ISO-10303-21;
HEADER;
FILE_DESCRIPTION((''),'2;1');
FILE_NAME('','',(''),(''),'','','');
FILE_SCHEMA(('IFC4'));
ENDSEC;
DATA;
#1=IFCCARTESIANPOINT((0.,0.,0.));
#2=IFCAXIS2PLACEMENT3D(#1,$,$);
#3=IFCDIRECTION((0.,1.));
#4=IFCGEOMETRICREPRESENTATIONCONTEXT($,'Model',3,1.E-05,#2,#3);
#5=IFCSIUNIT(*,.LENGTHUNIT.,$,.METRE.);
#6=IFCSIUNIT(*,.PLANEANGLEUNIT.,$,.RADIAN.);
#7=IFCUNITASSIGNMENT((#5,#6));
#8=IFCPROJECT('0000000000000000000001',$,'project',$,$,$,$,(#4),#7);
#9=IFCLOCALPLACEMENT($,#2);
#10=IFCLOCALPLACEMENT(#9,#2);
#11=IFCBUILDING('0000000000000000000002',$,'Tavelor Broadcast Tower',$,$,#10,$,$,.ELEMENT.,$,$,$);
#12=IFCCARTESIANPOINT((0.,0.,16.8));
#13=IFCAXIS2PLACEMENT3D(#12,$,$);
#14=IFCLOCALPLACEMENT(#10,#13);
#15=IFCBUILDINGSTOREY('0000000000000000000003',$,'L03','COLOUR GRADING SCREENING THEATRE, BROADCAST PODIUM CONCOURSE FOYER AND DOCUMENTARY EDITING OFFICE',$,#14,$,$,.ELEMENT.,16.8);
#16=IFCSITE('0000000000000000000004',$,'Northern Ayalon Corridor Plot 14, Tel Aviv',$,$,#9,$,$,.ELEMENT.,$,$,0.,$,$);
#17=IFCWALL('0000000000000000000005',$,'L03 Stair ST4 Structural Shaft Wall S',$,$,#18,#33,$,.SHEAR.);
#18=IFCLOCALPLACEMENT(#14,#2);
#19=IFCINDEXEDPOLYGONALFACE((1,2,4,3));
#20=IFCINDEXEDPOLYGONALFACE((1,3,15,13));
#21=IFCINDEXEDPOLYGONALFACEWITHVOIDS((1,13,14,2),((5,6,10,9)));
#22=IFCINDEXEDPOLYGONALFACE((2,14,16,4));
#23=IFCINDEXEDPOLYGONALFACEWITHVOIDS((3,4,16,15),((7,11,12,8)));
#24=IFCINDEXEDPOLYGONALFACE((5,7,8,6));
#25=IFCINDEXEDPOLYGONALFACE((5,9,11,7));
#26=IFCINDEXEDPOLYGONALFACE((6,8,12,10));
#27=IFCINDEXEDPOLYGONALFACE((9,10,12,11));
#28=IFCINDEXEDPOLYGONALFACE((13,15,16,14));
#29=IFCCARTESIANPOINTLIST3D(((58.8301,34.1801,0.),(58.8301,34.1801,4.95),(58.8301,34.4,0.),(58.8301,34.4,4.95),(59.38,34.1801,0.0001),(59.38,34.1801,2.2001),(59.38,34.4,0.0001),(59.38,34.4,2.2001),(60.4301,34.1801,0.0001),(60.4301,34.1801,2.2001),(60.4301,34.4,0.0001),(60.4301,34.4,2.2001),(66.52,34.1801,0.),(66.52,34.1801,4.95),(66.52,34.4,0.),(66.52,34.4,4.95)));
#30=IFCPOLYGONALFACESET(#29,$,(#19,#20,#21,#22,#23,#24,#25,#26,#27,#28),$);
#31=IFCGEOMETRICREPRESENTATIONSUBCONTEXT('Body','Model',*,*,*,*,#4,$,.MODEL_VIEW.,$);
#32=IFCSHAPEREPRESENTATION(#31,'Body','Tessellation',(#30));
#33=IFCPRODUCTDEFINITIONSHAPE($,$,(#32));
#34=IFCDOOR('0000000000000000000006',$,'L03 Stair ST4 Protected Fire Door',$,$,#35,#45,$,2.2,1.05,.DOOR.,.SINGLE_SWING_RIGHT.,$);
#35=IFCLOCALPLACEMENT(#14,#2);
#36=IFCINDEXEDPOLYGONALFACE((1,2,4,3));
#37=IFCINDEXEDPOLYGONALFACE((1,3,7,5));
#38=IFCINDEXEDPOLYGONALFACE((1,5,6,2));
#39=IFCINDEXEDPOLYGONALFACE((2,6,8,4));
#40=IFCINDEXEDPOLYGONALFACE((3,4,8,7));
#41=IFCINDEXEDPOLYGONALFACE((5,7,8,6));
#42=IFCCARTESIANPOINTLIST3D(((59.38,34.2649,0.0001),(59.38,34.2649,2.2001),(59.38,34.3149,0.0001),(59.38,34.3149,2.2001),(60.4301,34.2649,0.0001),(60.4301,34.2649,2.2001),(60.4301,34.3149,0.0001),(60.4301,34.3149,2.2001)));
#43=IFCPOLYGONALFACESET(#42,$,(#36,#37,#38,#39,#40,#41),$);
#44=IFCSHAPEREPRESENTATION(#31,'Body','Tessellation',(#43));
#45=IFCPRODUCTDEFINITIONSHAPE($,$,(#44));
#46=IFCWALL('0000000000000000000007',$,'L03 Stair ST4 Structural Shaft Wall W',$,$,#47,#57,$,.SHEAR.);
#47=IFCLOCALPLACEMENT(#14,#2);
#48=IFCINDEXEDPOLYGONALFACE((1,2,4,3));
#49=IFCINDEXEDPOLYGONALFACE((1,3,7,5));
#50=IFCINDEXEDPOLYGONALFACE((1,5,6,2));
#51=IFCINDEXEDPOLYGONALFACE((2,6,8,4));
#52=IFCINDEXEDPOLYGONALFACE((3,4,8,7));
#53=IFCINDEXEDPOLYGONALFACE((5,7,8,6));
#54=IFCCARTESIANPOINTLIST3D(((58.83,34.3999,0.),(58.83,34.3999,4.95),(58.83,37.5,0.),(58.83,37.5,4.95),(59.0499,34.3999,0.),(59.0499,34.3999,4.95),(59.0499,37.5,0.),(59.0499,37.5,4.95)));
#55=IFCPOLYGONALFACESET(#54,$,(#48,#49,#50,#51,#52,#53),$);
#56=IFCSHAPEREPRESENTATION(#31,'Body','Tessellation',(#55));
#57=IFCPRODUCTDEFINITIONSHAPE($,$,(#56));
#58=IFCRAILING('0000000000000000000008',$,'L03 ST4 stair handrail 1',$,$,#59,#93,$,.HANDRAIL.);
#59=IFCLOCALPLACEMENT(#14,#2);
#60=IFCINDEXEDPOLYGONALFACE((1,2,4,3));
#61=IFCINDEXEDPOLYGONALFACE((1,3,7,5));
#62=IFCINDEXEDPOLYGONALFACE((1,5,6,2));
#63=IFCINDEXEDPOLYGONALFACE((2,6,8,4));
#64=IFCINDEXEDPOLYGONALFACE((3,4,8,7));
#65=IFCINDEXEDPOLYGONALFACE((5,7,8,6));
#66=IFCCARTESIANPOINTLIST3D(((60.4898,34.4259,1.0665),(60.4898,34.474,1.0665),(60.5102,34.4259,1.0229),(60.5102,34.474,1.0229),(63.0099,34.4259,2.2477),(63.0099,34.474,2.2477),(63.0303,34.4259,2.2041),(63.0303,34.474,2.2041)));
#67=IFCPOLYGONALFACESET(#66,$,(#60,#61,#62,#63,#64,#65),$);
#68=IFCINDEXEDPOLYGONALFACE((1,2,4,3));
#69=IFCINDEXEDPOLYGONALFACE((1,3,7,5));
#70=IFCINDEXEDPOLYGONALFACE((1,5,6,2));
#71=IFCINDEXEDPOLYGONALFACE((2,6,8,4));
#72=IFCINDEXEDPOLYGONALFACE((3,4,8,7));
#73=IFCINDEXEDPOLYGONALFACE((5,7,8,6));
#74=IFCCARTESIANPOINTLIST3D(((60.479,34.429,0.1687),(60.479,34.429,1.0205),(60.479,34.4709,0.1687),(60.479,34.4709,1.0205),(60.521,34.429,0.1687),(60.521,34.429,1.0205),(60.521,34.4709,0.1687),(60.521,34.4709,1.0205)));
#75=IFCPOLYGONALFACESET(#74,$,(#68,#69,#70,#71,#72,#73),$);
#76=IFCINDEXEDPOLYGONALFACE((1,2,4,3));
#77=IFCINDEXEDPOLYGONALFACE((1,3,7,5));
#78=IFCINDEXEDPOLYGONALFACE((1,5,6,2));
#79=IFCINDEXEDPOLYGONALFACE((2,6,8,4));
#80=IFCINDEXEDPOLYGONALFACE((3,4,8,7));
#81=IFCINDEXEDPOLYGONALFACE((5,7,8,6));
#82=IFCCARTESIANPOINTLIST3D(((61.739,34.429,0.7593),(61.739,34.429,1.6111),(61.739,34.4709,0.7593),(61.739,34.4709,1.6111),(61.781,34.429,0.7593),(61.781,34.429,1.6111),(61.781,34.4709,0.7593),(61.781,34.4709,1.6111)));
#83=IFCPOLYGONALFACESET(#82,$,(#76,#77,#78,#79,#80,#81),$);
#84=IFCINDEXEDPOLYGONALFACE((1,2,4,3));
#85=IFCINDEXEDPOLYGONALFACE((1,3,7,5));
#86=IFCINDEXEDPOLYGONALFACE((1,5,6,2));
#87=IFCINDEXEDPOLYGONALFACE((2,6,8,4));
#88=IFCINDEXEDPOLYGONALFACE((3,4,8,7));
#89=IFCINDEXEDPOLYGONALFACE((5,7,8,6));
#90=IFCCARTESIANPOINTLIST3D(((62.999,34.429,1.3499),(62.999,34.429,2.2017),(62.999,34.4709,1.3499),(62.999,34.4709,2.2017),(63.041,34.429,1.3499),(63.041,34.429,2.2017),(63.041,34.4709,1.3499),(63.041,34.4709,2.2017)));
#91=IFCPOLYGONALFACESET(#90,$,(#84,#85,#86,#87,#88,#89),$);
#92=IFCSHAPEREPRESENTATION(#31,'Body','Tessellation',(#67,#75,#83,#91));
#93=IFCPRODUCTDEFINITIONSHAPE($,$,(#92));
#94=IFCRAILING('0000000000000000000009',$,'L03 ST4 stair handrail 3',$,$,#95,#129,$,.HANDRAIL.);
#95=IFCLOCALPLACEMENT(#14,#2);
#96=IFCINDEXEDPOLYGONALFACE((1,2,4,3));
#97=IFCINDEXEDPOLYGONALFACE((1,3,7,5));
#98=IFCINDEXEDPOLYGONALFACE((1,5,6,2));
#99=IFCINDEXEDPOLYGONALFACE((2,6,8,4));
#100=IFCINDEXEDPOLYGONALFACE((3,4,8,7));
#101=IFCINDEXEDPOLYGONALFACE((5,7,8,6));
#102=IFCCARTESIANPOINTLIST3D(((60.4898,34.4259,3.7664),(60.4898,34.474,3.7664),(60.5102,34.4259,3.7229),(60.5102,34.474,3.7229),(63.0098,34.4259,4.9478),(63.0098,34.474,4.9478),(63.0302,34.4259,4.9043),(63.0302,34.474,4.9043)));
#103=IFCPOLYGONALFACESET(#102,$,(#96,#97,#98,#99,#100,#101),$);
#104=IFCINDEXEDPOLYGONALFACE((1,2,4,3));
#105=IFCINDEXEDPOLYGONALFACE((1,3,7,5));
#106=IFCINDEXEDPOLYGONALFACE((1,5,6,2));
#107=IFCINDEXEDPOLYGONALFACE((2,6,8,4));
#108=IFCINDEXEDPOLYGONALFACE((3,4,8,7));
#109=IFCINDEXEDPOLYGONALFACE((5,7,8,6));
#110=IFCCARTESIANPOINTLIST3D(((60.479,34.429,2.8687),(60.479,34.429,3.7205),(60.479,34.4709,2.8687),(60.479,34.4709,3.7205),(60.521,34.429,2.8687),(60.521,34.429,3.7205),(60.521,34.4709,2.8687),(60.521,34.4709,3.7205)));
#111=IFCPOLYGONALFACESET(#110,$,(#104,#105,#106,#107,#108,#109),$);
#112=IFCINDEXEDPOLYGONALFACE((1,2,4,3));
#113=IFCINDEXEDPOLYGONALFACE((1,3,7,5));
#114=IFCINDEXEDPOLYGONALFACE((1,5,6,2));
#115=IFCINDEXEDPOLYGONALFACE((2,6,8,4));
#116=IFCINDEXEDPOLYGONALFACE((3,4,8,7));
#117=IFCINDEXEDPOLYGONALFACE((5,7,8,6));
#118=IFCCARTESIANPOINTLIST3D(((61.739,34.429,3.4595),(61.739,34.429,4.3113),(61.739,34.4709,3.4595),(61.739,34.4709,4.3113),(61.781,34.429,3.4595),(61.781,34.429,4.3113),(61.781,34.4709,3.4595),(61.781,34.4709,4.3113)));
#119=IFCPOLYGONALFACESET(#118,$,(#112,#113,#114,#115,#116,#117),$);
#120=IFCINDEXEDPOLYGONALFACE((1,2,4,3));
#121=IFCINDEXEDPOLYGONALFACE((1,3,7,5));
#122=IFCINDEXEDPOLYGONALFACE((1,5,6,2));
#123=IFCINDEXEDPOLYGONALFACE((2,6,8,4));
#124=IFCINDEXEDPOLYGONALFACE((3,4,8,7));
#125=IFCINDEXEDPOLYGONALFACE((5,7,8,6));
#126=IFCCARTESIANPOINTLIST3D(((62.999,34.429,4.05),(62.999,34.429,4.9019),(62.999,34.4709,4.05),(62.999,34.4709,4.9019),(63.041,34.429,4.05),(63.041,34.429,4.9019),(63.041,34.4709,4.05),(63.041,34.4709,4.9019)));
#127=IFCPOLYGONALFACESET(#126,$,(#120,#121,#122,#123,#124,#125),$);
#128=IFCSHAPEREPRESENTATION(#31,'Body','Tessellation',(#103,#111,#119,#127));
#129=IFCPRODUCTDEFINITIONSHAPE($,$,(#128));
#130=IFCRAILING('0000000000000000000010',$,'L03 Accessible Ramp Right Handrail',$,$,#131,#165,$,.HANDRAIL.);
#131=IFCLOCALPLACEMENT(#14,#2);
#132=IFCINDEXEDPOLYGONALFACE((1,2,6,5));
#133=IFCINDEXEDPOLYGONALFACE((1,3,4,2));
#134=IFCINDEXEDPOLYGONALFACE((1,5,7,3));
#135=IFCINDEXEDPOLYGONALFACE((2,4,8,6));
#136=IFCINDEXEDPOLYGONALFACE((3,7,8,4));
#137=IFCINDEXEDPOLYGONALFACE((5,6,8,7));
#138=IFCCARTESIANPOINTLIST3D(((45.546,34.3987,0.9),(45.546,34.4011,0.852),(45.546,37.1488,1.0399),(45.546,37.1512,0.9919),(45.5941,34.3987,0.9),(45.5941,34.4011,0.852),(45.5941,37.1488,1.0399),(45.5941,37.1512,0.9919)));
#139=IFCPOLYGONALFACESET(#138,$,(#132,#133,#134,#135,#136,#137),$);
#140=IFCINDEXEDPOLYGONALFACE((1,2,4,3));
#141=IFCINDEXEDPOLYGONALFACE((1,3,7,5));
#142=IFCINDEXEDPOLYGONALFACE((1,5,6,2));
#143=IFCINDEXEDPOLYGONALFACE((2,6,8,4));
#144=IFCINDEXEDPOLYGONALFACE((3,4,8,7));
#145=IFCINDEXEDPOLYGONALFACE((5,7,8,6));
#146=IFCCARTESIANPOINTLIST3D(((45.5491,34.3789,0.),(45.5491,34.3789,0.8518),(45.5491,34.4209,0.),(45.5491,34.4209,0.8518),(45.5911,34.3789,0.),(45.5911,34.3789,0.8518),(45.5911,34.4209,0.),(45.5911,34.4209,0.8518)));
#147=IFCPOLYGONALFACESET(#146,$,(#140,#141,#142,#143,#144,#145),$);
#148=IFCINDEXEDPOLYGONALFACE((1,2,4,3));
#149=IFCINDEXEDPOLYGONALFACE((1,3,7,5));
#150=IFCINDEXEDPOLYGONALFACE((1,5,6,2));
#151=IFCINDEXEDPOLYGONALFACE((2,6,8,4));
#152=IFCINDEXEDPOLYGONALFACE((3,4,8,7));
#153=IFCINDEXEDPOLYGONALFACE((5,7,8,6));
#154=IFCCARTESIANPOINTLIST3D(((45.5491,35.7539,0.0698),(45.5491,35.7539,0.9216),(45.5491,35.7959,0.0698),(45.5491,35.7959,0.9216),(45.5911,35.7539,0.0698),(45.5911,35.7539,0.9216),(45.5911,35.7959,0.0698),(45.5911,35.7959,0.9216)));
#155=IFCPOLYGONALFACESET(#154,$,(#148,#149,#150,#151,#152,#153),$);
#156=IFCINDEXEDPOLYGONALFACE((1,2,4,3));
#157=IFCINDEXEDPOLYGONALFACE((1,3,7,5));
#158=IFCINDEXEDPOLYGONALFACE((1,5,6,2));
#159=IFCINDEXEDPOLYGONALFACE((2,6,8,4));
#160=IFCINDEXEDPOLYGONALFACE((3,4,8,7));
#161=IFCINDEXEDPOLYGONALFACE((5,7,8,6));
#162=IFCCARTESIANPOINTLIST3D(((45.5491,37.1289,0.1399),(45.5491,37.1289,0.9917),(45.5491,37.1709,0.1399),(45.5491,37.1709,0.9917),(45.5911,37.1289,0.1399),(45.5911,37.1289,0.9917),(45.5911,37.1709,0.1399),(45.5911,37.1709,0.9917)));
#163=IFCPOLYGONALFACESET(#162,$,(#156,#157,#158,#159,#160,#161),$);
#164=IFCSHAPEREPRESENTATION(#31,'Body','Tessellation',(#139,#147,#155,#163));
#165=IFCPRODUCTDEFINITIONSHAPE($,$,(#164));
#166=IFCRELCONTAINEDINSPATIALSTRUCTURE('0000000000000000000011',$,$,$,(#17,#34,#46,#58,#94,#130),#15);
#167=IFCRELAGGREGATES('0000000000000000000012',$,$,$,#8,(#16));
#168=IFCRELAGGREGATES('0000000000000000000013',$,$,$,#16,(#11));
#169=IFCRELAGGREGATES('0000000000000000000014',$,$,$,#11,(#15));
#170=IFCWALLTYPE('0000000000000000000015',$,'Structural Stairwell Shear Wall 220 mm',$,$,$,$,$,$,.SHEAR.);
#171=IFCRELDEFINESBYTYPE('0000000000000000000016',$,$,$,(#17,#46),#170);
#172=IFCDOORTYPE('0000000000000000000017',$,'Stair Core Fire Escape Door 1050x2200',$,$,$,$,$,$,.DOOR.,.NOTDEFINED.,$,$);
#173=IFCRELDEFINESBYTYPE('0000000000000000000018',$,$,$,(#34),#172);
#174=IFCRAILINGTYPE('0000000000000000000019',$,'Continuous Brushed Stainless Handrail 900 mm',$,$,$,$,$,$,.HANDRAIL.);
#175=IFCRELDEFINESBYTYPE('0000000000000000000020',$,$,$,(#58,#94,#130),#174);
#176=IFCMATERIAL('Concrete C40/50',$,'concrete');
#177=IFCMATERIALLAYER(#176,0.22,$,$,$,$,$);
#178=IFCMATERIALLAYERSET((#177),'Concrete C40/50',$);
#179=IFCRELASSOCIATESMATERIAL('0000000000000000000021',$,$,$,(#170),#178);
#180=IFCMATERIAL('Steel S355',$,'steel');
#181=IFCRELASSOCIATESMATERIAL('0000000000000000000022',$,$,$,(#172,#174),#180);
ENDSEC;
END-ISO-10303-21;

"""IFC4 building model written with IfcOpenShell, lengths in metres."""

from ifc_helpers import new_model, si_unit, direction, frame, frame_2d, origin, origin_2d, place, context, subcontext, project, spatial, rectangle, extrude, material, layer, layer_set, type_object, element, fill, save


model = new_model("IFC4")

# Units and contexts
model_context = context("Model", 3, precision=1e-05, world=origin(), true_north=direction((0.0, 1.0)))
body_context = subcontext(model_context, "Body", "Model", "MODEL_VIEW")
ifc_project = project(units=[si_unit("LENGTHUNIT", "METRE"), si_unit("PLANEANGLEUNIT", "RADIAN")], contexts=[model_context])

# Site, building, storey
site_placement = place(None, origin())
site = spatial("IfcSite", under=ifc_project, at=site_placement, Name="Northern Ayalon Corridor Plot 14, Tel Aviv", CompositionType="ELEMENT", RefElevation=0.0)
building_placement = place(site_placement, origin())
building = spatial("IfcBuilding", under=site, at=building_placement, Name="Tavelor Broadcast Tower", CompositionType="ELEMENT")
storey_placement = place(building_placement, frame((0.0, 0.0, 16.8)))
storey = spatial("IfcBuildingStorey", under=building, at=storey_placement, Name="L03", Description="COLOUR GRADING SCREENING THEATRE, BROADCAST PODIUM CONCOURSE FOYER AND DOCUMENTARY EDITING OFFICE", CompositionType="ELEMENT", Elevation=16.8)

# Shared definitions
ifc_material_1 = material(Name="Steel S355", Category="steel")

# Wall, opening, door
ifc_material_2 = material(Name="Concrete C40/50", Category="concrete")
ifc_layer_1 = layer(ifc_material_2, 0.22)
ifc_layer_set_1 = layer_set([ifc_layer_1], Name="Concrete C40/50")
wall_type_1 = type_object("IfcWallType", Name="Structural Stairwell Shear Wall 220 mm", PredefinedType="SHEAR", material=ifc_layer_set_1)
wall_1_placement = place(storey_placement, frame((58.8301, 34.29, 0.0), z_axis=(0.0, 0.0, 1.0), x_axis=(1.0, 0.0, 0.0)))
wall_1 = element("IfcWall", 1, at=wall_1_placement, inside=storey, type_object=wall_type_1, Name="L03 Stair ST4 Structural Shaft Wall S", PredefinedType="SHEAR", context=body_context, shape_type="SweptSolid", body=[
    extrude(rectangle(XDim=7.6899, YDim=0.22, at=frame_2d((3.845, 0.0))), origin(), (0.0, 0.0, 1.0), 4.95),
])
opening_1_placement = place(wall_1_placement, frame((0.55, 0.0, 0.0)))
opening_1 = element("IfcOpeningElement", 2, at=opening_1_placement, cuts=wall_1, PredefinedType="OPENING", context=body_context, shape_type="SweptSolid", body=[
    extrude(rectangle(XDim=1.05, YDim=2.2, at=frame_2d((0.5249, 1.1001))), frame((0.0, 0.1201, 0.0), z_axis=(0.0, -1.0, 0.0), x_axis=(1.0, 0.0, 0.0)), (0.0, 0.0, 1.0), 0.24),
])
door_type_1 = type_object("IfcDoorType", Name="Stair Core Fire Escape Door 1050x2200", OperationType="NOTDEFINED", PredefinedType="DOOR", material=ifc_material_1)
door_1_placement = place(opening_1_placement, origin())
door_1 = element("IfcDoor", 3, at=door_1_placement, inside=storey, type_object=door_type_1, Name="L03 Stair ST4 Protected Fire Door", OperationType="SINGLE_SWING_RIGHT", OverallHeight=2.2, OverallWidth=1.05, PredefinedType="DOOR", context=body_context, shape_type="SweptSolid", body=[
    extrude(rectangle(XDim=1.05, YDim=2.2, at=frame_2d((0.5249, 1.1001))), frame((0.0, 0.0249, 0.0), z_axis=(0.0, -1.0, 0.0), x_axis=(1.0, 0.0, 0.0)), (0.0, 0.0, 1.0), 0.05),
])
fill(opening_1, door_1)

# Wall
wall_2_placement = place(storey_placement, frame((58.9399, 34.3999, 0.0), z_axis=(0.0, 0.0, 1.0), x_axis=(0.0, 1.0, 0.0)))
element("IfcWall", 4, at=wall_2_placement, inside=storey, type_object=wall_type_1, Name="L03 Stair ST4 Structural Shaft Wall W", PredefinedType="SHEAR", context=body_context, shape_type="SweptSolid", body=[
    extrude(rectangle(XDim=3.1001, YDim=0.22, at=frame_2d((1.55, 0.0))), origin(), (0.0, 0.0, 1.0), 4.95),
])

# Railings
railing_type_1 = type_object("IfcRailingType", Name="Continuous Brushed Stainless Handrail 900 mm", PredefinedType="HANDRAIL", material=ifc_material_1)
railing_1_placement = place(storey_placement, frame((60.5, 34.45, 0.1687)))
element("IfcRailing", 5, at=railing_1_placement, inside=storey, type_object=railing_type_1, Name="L03 ST4 stair handrail 1", PredefinedType="HANDRAIL", context=body_context, shape_type="SweptSolid", body=[
    extrude(rectangle(XDim=0.0481, YDim=0.0481, at=origin_2d()), frame((0.0, 0.0, 0.876), z_axis=(0.905474, 0.0, 0.424402), x_axis=(0.0, 1.0, 0.0)), (0.0, 0.0, 1.0), 2.7832),
    extrude(rectangle(XDim=0.042, YDim=0.042, at=origin_2d()), origin(), (0.0, 0.0, 1.0), 0.8518),
    extrude(rectangle(XDim=0.042, YDim=0.042, at=origin_2d()), frame((1.26, 0.0, 0.5906)), (0.0, 0.0, 1.0), 0.8518),
    extrude(rectangle(XDim=0.042, YDim=0.042, at=origin_2d()), frame((2.52, 0.0, 1.1812)), (0.0, 0.0, 1.0), 0.8518),
])
railing_2_placement = place(storey_placement, frame((60.5, 34.45, 2.8687)))
element("IfcRailing", 6, at=railing_2_placement, inside=storey, type_object=railing_type_1, Name="L03 ST4 stair handrail 3", PredefinedType="HANDRAIL", context=body_context, shape_type="SweptSolid", body=[
    extrude(rectangle(XDim=0.0481, YDim=0.0481, at=origin_2d()), frame((0.0, 0.0, 0.876), z_axis=(0.90544, 0.0, 0.424474), x_axis=(0.0, 1.0, 0.0)), (0.0, 0.0, 1.0), 2.7832),
    extrude(rectangle(XDim=0.042, YDim=0.042, at=origin_2d()), origin(), (0.0, 0.0, 1.0), 0.8518),
    extrude(rectangle(XDim=0.042, YDim=0.042, at=origin_2d()), frame((1.26, 0.0, 0.5908)), (0.0, 0.0, 1.0), 0.8518),
    extrude(rectangle(XDim=0.042, YDim=0.042, at=origin_2d()), frame((2.52, 0.0, 1.1814)), (0.0, 0.0, 1.0), 0.8518),
])
railing_3_placement = place(storey_placement, frame((45.5701, 34.3999, 0.0)))
element("IfcRailing", 7, at=railing_3_placement, inside=storey, type_object=railing_type_1, Name="L03 Accessible Ramp Right Handrail", PredefinedType="HANDRAIL", context=body_context, shape_type="SweptSolid", body=[
    extrude(rectangle(XDim=0.0481, YDim=0.0481, at=origin_2d()), frame((0.0, 0.0, 0.876), z_axis=(0.0, 0.998709, 0.050804), x_axis=(-1.0, 0.0, 0.0)), (0.0, 0.0, 1.0), 2.7537),
    extrude(rectangle(XDim=0.042, YDim=0.042, at=origin_2d()), origin(), (0.0, 0.0, 1.0), 0.8518),
    extrude(rectangle(XDim=0.042, YDim=0.042, at=origin_2d()), frame((0.0, 1.375, 0.0698)), (0.0, 0.0, 1.0), 0.8518),
    extrude(rectangle(XDim=0.042, YDim=0.042, at=origin_2d()), frame((0.0, 2.75, 0.1399)), (0.0, 0.0, 1.0), 0.8518),
])

save(model, "model.ifc")
